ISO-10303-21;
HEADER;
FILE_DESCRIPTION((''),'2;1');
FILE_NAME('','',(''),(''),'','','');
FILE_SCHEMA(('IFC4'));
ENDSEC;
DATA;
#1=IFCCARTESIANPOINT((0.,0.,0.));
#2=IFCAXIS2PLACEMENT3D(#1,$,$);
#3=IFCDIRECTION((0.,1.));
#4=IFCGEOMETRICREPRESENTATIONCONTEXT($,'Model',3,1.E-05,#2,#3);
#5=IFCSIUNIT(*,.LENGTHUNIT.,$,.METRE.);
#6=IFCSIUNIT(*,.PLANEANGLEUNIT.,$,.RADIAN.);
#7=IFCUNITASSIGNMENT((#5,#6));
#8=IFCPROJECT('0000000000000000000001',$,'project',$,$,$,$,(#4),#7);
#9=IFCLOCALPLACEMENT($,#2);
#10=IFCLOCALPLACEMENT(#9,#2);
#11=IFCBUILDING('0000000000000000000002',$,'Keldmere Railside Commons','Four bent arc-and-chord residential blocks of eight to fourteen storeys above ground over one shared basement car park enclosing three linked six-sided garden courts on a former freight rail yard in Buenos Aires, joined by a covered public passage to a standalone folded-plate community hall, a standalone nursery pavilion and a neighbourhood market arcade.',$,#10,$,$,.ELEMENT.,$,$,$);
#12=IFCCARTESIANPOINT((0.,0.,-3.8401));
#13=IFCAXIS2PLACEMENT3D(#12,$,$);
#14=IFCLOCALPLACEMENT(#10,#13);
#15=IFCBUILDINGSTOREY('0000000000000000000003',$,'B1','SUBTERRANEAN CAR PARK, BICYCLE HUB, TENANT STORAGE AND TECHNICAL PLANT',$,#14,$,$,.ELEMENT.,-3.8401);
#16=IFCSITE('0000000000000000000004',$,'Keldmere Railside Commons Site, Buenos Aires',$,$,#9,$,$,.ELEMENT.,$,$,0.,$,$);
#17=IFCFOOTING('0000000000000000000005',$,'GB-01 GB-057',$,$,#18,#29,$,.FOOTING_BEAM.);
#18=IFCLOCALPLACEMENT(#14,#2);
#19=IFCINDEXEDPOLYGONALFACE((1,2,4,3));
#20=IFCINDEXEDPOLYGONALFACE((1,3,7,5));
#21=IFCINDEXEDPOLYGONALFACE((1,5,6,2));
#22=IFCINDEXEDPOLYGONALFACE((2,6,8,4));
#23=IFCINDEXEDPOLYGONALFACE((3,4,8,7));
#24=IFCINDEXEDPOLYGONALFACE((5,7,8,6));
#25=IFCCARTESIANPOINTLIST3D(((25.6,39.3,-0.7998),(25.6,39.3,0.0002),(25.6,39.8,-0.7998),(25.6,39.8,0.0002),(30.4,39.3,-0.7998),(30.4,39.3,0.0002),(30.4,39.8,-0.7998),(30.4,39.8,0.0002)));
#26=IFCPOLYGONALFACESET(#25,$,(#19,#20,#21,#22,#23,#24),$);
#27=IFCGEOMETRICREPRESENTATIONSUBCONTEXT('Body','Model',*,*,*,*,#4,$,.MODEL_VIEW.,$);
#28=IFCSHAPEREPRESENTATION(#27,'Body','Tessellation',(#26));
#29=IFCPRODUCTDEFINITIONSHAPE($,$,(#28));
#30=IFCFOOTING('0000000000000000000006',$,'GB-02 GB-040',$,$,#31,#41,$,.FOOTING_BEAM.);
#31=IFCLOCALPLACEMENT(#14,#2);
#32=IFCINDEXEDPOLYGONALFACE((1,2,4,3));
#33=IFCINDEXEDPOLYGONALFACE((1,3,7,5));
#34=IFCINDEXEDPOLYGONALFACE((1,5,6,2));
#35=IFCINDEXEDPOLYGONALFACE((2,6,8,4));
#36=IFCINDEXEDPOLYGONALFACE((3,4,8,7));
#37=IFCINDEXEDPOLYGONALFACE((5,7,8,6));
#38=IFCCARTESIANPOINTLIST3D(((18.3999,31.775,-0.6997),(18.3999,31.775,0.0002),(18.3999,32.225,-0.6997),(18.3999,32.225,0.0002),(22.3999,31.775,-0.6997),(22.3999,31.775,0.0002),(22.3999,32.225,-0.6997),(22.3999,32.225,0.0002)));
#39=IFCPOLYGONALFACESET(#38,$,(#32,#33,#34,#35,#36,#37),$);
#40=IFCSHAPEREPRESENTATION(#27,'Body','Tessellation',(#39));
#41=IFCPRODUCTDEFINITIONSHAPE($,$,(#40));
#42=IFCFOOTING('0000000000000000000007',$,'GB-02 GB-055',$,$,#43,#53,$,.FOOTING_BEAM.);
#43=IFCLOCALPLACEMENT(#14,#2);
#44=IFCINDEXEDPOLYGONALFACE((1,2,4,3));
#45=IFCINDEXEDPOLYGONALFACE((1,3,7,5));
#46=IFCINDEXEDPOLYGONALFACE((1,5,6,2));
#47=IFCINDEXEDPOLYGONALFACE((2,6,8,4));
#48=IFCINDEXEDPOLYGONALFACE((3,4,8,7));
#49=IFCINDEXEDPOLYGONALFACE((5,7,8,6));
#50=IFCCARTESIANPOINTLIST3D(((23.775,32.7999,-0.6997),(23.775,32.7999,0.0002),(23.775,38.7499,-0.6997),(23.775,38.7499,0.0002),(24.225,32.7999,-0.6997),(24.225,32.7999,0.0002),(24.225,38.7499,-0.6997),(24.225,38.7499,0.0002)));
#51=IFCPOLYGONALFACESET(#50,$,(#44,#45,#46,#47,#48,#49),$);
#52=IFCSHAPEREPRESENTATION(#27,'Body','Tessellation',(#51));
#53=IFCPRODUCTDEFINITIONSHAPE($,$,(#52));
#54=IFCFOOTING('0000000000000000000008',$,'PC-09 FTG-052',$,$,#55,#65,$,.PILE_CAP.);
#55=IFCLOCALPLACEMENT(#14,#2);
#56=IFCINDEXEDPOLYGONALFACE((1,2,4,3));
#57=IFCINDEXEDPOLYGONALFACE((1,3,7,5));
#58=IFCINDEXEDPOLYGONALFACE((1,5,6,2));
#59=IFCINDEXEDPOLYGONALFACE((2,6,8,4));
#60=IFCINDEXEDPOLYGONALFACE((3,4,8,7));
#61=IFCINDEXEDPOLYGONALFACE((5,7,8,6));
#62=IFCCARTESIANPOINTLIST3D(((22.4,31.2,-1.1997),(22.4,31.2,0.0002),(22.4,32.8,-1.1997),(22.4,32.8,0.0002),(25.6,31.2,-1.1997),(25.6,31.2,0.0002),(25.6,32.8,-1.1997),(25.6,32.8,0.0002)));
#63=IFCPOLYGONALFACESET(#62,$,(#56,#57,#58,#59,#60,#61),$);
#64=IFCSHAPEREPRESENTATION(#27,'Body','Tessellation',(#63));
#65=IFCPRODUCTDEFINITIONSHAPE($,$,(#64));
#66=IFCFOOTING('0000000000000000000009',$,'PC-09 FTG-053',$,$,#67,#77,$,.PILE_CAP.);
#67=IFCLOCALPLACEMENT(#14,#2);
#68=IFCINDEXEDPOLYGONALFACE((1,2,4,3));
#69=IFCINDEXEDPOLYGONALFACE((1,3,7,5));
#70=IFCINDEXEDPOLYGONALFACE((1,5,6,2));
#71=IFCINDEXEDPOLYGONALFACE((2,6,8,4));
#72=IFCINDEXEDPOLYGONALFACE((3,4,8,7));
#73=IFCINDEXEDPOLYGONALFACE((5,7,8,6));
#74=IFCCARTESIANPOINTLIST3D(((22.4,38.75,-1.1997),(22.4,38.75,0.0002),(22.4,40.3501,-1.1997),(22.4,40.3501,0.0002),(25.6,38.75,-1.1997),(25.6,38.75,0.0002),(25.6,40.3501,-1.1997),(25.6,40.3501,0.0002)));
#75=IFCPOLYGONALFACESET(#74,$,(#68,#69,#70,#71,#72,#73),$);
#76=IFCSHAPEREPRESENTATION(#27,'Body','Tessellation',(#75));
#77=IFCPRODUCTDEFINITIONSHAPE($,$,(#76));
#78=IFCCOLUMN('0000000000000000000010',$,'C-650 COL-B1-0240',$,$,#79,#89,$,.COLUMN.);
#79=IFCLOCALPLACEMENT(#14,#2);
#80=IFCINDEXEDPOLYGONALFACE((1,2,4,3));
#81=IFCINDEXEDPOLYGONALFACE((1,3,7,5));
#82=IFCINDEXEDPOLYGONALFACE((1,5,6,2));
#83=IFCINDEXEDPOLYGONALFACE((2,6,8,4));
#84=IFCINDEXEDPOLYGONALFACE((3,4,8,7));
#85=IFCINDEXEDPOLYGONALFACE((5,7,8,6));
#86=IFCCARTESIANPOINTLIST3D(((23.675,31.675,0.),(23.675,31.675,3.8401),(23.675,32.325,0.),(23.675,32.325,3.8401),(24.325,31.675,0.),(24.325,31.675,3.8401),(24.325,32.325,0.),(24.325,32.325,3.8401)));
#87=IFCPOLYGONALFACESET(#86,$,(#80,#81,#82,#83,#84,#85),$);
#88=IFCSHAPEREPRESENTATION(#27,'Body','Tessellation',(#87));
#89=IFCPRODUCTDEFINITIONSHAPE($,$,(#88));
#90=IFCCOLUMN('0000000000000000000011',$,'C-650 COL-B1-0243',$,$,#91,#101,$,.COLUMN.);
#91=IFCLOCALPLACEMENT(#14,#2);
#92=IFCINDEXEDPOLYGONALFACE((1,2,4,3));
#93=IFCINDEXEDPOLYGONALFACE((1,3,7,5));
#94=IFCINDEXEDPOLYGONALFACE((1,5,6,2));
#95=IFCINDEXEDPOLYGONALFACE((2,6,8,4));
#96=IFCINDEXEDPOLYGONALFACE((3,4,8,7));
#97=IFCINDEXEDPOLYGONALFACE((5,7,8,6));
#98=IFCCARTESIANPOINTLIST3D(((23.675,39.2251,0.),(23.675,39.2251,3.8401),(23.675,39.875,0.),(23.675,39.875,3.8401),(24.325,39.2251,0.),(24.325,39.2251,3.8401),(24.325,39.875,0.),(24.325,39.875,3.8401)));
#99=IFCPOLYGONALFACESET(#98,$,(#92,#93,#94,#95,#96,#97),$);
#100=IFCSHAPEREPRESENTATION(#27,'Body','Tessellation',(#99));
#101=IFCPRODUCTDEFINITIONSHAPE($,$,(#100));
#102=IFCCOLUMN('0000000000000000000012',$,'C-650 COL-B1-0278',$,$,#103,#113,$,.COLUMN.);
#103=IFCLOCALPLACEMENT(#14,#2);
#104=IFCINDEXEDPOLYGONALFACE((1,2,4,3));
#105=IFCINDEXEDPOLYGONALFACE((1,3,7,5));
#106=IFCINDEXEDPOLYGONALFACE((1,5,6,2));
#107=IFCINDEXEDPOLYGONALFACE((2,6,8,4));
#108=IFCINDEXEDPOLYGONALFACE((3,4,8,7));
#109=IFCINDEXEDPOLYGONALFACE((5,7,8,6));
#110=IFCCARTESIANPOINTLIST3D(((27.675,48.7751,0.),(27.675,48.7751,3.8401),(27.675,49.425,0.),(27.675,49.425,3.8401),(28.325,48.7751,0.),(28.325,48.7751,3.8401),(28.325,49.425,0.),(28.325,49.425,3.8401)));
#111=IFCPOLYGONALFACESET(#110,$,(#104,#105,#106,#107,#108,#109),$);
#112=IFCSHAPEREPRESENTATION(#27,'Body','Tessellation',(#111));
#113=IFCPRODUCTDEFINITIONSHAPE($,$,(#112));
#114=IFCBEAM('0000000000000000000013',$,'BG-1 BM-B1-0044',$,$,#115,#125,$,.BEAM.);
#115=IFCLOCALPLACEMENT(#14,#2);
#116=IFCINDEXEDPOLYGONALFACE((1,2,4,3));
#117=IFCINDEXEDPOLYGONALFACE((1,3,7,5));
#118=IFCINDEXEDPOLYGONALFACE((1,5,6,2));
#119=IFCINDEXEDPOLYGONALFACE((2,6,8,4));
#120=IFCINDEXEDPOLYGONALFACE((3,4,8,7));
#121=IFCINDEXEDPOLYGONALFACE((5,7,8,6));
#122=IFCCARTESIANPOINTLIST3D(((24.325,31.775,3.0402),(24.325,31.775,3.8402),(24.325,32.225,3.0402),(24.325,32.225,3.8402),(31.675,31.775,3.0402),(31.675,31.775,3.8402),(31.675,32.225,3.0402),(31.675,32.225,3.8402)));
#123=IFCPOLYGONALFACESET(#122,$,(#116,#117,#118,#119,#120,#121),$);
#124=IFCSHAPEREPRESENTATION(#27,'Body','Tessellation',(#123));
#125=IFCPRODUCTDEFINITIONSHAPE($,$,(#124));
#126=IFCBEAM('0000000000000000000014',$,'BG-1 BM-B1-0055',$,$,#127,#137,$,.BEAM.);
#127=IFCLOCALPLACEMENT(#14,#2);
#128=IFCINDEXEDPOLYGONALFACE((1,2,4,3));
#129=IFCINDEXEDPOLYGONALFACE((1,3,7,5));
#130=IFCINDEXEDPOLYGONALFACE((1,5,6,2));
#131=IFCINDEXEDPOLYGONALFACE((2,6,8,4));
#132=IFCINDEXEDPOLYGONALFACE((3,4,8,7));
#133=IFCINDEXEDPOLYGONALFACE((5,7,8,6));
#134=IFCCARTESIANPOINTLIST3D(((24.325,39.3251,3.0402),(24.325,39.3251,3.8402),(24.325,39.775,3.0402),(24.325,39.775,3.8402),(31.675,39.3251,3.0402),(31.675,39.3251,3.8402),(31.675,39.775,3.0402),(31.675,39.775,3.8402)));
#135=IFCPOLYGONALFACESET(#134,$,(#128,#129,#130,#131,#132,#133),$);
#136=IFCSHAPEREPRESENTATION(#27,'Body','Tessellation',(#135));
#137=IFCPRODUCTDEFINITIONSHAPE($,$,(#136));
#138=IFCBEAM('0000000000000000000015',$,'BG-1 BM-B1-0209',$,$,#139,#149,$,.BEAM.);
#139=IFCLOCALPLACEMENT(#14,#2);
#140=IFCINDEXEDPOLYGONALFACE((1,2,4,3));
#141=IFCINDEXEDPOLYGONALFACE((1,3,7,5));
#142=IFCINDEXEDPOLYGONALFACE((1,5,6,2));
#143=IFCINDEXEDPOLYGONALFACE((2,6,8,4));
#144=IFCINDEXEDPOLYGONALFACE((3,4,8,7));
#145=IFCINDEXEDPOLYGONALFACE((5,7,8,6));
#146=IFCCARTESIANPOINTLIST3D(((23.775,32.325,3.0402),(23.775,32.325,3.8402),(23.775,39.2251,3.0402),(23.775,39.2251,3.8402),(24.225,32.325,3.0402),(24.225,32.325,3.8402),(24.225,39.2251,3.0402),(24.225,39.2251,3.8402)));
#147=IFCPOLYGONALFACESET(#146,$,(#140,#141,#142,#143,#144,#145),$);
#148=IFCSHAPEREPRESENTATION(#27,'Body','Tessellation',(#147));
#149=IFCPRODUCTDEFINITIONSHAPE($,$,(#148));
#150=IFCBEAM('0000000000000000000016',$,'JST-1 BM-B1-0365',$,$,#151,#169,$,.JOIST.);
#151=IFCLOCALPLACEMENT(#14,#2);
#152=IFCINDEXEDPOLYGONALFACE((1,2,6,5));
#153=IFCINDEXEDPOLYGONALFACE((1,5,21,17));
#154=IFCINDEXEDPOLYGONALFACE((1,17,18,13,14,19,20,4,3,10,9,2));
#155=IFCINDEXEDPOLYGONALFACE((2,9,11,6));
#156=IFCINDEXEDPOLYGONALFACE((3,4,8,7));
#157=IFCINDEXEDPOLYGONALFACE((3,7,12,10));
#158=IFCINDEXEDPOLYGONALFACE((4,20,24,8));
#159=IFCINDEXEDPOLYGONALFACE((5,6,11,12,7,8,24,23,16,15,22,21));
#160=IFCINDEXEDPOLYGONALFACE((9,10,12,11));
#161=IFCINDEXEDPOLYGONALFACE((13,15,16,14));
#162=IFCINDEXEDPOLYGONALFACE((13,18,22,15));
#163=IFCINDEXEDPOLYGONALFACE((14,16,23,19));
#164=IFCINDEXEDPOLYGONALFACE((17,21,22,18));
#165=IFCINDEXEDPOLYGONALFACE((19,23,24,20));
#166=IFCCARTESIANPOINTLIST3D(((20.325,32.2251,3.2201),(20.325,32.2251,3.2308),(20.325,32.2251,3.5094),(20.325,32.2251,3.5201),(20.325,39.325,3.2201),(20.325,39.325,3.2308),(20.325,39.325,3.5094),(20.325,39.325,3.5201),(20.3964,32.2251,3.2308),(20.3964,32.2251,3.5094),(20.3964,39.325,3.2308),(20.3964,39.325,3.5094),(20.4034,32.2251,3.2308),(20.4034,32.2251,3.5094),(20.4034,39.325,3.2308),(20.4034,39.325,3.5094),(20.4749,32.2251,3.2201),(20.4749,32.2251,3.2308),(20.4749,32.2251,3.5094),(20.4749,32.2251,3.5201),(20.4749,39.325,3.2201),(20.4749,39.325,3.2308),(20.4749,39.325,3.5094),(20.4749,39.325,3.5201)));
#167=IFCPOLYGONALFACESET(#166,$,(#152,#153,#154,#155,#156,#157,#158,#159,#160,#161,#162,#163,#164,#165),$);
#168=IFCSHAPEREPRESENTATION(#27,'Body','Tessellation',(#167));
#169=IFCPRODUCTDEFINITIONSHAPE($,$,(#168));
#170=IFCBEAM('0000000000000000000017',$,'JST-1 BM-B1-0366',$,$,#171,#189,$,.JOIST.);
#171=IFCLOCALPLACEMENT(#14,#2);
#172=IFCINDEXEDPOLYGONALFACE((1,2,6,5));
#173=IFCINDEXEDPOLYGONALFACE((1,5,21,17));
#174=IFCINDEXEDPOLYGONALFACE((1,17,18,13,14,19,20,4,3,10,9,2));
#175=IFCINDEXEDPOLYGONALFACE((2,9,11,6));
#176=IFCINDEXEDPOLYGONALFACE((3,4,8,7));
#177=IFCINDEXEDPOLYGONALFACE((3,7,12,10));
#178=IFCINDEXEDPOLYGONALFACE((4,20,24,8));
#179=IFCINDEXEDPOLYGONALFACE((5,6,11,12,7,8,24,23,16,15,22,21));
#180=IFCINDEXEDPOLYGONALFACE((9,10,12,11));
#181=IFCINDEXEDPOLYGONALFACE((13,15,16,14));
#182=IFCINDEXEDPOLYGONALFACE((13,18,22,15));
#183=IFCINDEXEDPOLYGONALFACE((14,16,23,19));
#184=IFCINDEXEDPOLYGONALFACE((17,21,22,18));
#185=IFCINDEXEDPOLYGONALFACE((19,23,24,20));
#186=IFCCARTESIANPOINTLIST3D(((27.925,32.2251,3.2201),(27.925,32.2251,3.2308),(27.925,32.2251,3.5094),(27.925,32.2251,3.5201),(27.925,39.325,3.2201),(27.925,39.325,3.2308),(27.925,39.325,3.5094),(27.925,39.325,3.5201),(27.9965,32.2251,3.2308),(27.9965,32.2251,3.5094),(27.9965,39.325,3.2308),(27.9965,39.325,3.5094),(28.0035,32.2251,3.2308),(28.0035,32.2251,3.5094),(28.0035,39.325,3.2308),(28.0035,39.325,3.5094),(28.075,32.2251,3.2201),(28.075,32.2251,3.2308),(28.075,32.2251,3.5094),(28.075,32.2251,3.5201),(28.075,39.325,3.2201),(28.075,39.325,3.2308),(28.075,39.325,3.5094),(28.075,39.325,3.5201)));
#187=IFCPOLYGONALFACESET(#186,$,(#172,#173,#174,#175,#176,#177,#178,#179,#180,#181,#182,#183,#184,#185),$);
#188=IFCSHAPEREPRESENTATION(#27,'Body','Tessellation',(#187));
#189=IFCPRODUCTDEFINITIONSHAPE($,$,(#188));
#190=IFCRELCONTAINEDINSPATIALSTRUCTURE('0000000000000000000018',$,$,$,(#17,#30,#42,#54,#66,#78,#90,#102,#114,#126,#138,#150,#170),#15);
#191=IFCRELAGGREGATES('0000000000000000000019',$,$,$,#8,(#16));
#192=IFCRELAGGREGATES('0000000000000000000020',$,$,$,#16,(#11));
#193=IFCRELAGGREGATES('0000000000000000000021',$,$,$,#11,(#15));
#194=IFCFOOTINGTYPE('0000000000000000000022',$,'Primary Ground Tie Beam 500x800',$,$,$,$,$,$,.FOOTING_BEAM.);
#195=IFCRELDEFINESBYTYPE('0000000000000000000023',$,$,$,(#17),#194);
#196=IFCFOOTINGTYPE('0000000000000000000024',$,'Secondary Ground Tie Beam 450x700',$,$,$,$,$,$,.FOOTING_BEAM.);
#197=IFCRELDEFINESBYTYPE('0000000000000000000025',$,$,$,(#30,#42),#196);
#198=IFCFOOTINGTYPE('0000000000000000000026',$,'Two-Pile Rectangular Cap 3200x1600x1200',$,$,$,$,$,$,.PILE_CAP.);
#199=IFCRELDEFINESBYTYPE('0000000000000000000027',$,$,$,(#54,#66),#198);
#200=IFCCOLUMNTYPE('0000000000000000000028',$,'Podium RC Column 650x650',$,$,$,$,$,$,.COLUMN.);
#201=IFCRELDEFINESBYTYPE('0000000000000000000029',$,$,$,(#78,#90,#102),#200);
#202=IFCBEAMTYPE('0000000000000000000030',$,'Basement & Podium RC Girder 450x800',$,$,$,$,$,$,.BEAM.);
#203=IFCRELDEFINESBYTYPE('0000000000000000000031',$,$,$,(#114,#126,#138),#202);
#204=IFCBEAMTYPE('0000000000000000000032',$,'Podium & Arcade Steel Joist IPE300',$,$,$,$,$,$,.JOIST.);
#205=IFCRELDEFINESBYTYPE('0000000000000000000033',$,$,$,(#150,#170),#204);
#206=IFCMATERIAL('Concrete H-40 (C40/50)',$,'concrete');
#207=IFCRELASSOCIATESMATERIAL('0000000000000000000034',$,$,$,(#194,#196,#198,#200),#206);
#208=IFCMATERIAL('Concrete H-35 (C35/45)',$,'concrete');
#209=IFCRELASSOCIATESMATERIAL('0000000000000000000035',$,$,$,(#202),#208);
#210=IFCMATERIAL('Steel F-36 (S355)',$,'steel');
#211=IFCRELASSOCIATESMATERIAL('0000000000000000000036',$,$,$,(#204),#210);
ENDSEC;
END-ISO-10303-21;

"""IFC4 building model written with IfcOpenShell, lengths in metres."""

from ifc_helpers import new_model, si_unit, direction, frame, origin, origin_2d, place, context, subcontext, project, spatial, rectangle, i_section, extrude, material, material_profile, profile_set, type_object, element, save


model = new_model("IFC4")

# Units and contexts
model_context = context("Model", 3, precision=1e-05, world=origin(), true_north=direction((0.0, 1.0)))
body_context = subcontext(model_context, "Body", "Model", "MODEL_VIEW")
ifc_project = project(units=[si_unit("LENGTHUNIT", "METRE"), si_unit("PLANEANGLEUNIT", "RADIAN")], contexts=[model_context])

# Site, building, storey
site_placement = place(None, origin())
site = spatial("IfcSite", under=ifc_project, at=site_placement, Name="Keldmere Railside Commons Site, Buenos Aires", CompositionType="ELEMENT", RefElevation=0.0)
building_placement = place(site_placement, origin())
building = spatial("IfcBuilding", under=site, at=building_placement, Name="Keldmere Railside Commons", Description="Four bent arc-and-chord residential blocks of eight to fourteen storeys above ground over one shared basement car park enclosing three linked six-sided garden courts on a former freight rail yard in Buenos Aires, joined by a covered public passage to a standalone folded-plate community hall, a standalone nursery pavilion and a neighbourhood market arcade.", CompositionType="ELEMENT")
storey_placement = place(building_placement, frame((0.0, 0.0, -3.8401)))
storey = spatial("IfcBuildingStorey", under=building, at=storey_placement, Name="B1", Description="SUBTERRANEAN CAR PARK, BICYCLE HUB, TENANT STORAGE AND TECHNICAL PLANT", CompositionType="ELEMENT", Elevation=-3.8401)

# Footings
ifc_material_1 = material(Name="Concrete H-40 (C40/50)", Category="concrete")
footing_type_1 = type_object("IfcFootingType", Name="Primary Ground Tie Beam 500x800", PredefinedType="FOOTING_BEAM", material=ifc_material_1)
footing_1_placement = place(storey_placement, frame((28.0, 39.55, -0.7998), z_axis=(0.0, 0.0, 1.0), x_axis=(1.0, 0.0, 0.0)))
element("IfcFooting", 1, at=footing_1_placement, inside=storey, type_object=footing_type_1, Name="GB-01 GB-057", PredefinedType="FOOTING_BEAM", context=body_context, shape_type="SweptSolid", body=[
    extrude(rectangle(XDim=4.8, YDim=0.5, at=origin_2d()), origin(), (0.0, 0.0, 1.0), 0.8),
])
footing_type_2 = type_object("IfcFootingType", Name="Secondary Ground Tie Beam 450x700", PredefinedType="FOOTING_BEAM", material=ifc_material_1)
footing_2_placement = place(storey_placement, frame((20.3999, 32.0, -0.6997), z_axis=(0.0, 0.0, 1.0), x_axis=(1.0, 0.0, 0.0)))
element("IfcFooting", 2, at=footing_2_placement, inside=storey, type_object=footing_type_2, Name="GB-02 GB-040", PredefinedType="FOOTING_BEAM", context=body_context, shape_type="SweptSolid", body=[
    extrude(rectangle(XDim=4.0, YDim=0.45, at=origin_2d()), origin(), (0.0, 0.0, 1.0), 0.7),
])
footing_3_placement = place(storey_placement, frame((24.0, 35.7749, -0.6997), z_axis=(0.0, 0.0, 1.0), x_axis=(0.0, 1.0, 0.0)))
element("IfcFooting", 3, at=footing_3_placement, inside=storey, type_object=footing_type_2, Name="GB-02 GB-055", PredefinedType="FOOTING_BEAM", context=body_context, shape_type="SweptSolid", body=[
    extrude(rectangle(XDim=5.95, YDim=0.45, at=origin_2d()), origin(), (0.0, 0.0, 1.0), 0.7),
])
footing_type_3 = type_object("IfcFootingType", Name="Two-Pile Rectangular Cap 3200x1600x1200", PredefinedType="PILE_CAP", material=ifc_material_1)
for number, where, z_axis, x_axis, name in (
    (4, (24.0, 32.0, -1.1997), (0.0, 0.0, 1.0), (1.0, 0.0, 0.0), "PC-09 FTG-052"),
    (5, (24.0, 39.55, -1.1997), (0.0, 0.0, 1.0), (1.0, 0.0, 0.0), "PC-09 FTG-053"),
):
    element("IfcFooting", number, at=place(storey_placement, frame(where, z_axis=z_axis, x_axis=x_axis)), inside=storey, type_object=footing_type_3, Name=name, PredefinedType="PILE_CAP", context=body_context, shape_type="SweptSolid", body=[
        extrude(rectangle(XDim=3.2, YDim=1.6001, at=origin_2d()), origin(), (0.0, 0.0, 1.0), 1.2),
    ])

# Columns
ifc_material_profile_1 = material_profile(ifc_material_1, rectangle(XDim=0.6499, YDim=0.6499, at=origin_2d()), Name="RC-650x650")
ifc_profile_set_1 = profile_set([ifc_material_profile_1], Name="Concrete H-40 (C40/50)")
column_type = type_object("IfcColumnType", Name="Podium RC Column 650x650", PredefinedType="COLUMN", material=ifc_profile_set_1)
for number, where, z_axis, x_axis, name in (
    (6, (24.0, 32.0, 0.0), (0.0, 0.0, 1.0), (1.0, 0.0, 0.0), "C-650 COL-B1-0240"),
    (7, (24.0, 39.55, 0.0), (0.0, 0.0, 1.0), (1.0, 0.0, 0.0), "C-650 COL-B1-0243"),
    (8, (28.0, 49.1001, 0.0), (0.0, 0.0, 1.0), (1.0, 0.0, 0.0), "C-650 COL-B1-0278"),
):
    element("IfcColumn", number, at=place(storey_placement, frame(where, z_axis=z_axis, x_axis=x_axis)), inside=storey, type_object=column_type, Name=name, PredefinedType="COLUMN", context=body_context, shape_type="SweptSolid", body=[
        extrude(rectangle(XDim=0.6499, YDim=0.6499, at=origin_2d()), origin(), (0.0, 0.0, 1.0), 3.8401),
    ])

# Beams
ifc_material_2 = material(Name="Concrete H-35 (C35/45)", Category="concrete")
ifc_material_profile_2 = material_profile(ifc_material_2, rectangle(XDim=0.45, YDim=0.8, at=origin_2d()), Name="RC-450x800")
ifc_profile_set_2 = profile_set([ifc_material_profile_2], Name="Concrete H-35 (C35/45)")
beam_type_1 = type_object("IfcBeamType", Name="Basement & Podium RC Girder 450x800", PredefinedType="BEAM", material=ifc_profile_set_2)
for number, where, z_axis, x_axis, name in (
    (9, (24.325, 32.0, 3.4402), (1.0, 0.0, 0.0), (0.0, 1.0, 0.0), "BG-1 BM-B1-0044"),
    (10, (24.325, 39.55, 3.4402), (1.0, 0.0, 0.0), (0.0, 1.0, 0.0), "BG-1 BM-B1-0055"),
):
    element("IfcBeam", number, at=place(storey_placement, frame(where, z_axis=z_axis, x_axis=x_axis)), inside=storey, type_object=beam_type_1, Name=name, PredefinedType="BEAM", context=body_context, shape_type="SweptSolid", body=[
        extrude(rectangle(XDim=0.45, YDim=0.8, at=origin_2d()), origin(), (0.0, 0.0, 1.0), 7.3501),
    ])
beam_1_placement = place(storey_placement, frame((24.0, 32.325, 3.4402), z_axis=(0.0, 1.0, 0.0), x_axis=(-1.0, 0.0, 0.0)))
element("IfcBeam", 11, at=beam_1_placement, inside=storey, type_object=beam_type_1, Name="BG-1 BM-B1-0209", PredefinedType="BEAM", context=body_context, shape_type="SweptSolid", body=[
    extrude(rectangle(XDim=0.45, YDim=0.8, at=origin_2d()), origin(), (0.0, 0.0, 1.0), 6.9001),
])
ifc_material_3 = material(Name="Steel F-36 (S355)", Category="steel")
ifc_material_profile_3 = material_profile(ifc_material_3, i_section(OverallWidth=0.1499, OverallDepth=0.3, WebThickness=0.0071, FlangeThickness=0.0107, at=origin_2d()), Name="IPE-300")
ifc_profile_set_3 = profile_set([ifc_material_profile_3], Name="Steel F-36 (S355)")
beam_type_2 = type_object("IfcBeamType", Name="Podium & Arcade Steel Joist IPE300", PredefinedType="JOIST", material=ifc_profile_set_3)
for number, where, z_axis, x_axis, name in (
    (12, (20.3999, 32.2251, 3.3701), (0.0, 1.0, 0.0), (-1.0, 0.0, 0.0), "JST-1 BM-B1-0365"),
    (13, (28.0, 32.2251, 3.3701), (0.0, 1.0, 0.0), (-1.0, 0.0, 0.0), "JST-1 BM-B1-0366"),
):
    element("IfcBeam", number, at=place(storey_placement, frame(where, z_axis=z_axis, x_axis=x_axis)), inside=storey, type_object=beam_type_2, Name=name, PredefinedType="JOIST", context=body_context, shape_type="SweptSolid", body=[
        extrude(i_section(OverallWidth=0.1499, OverallDepth=0.3, WebThickness=0.0071, FlangeThickness=0.0107, at=origin_2d()), origin(), (0.0, 0.0, 1.0), 7.0999),
    ])

save(model, "model.ifc")
